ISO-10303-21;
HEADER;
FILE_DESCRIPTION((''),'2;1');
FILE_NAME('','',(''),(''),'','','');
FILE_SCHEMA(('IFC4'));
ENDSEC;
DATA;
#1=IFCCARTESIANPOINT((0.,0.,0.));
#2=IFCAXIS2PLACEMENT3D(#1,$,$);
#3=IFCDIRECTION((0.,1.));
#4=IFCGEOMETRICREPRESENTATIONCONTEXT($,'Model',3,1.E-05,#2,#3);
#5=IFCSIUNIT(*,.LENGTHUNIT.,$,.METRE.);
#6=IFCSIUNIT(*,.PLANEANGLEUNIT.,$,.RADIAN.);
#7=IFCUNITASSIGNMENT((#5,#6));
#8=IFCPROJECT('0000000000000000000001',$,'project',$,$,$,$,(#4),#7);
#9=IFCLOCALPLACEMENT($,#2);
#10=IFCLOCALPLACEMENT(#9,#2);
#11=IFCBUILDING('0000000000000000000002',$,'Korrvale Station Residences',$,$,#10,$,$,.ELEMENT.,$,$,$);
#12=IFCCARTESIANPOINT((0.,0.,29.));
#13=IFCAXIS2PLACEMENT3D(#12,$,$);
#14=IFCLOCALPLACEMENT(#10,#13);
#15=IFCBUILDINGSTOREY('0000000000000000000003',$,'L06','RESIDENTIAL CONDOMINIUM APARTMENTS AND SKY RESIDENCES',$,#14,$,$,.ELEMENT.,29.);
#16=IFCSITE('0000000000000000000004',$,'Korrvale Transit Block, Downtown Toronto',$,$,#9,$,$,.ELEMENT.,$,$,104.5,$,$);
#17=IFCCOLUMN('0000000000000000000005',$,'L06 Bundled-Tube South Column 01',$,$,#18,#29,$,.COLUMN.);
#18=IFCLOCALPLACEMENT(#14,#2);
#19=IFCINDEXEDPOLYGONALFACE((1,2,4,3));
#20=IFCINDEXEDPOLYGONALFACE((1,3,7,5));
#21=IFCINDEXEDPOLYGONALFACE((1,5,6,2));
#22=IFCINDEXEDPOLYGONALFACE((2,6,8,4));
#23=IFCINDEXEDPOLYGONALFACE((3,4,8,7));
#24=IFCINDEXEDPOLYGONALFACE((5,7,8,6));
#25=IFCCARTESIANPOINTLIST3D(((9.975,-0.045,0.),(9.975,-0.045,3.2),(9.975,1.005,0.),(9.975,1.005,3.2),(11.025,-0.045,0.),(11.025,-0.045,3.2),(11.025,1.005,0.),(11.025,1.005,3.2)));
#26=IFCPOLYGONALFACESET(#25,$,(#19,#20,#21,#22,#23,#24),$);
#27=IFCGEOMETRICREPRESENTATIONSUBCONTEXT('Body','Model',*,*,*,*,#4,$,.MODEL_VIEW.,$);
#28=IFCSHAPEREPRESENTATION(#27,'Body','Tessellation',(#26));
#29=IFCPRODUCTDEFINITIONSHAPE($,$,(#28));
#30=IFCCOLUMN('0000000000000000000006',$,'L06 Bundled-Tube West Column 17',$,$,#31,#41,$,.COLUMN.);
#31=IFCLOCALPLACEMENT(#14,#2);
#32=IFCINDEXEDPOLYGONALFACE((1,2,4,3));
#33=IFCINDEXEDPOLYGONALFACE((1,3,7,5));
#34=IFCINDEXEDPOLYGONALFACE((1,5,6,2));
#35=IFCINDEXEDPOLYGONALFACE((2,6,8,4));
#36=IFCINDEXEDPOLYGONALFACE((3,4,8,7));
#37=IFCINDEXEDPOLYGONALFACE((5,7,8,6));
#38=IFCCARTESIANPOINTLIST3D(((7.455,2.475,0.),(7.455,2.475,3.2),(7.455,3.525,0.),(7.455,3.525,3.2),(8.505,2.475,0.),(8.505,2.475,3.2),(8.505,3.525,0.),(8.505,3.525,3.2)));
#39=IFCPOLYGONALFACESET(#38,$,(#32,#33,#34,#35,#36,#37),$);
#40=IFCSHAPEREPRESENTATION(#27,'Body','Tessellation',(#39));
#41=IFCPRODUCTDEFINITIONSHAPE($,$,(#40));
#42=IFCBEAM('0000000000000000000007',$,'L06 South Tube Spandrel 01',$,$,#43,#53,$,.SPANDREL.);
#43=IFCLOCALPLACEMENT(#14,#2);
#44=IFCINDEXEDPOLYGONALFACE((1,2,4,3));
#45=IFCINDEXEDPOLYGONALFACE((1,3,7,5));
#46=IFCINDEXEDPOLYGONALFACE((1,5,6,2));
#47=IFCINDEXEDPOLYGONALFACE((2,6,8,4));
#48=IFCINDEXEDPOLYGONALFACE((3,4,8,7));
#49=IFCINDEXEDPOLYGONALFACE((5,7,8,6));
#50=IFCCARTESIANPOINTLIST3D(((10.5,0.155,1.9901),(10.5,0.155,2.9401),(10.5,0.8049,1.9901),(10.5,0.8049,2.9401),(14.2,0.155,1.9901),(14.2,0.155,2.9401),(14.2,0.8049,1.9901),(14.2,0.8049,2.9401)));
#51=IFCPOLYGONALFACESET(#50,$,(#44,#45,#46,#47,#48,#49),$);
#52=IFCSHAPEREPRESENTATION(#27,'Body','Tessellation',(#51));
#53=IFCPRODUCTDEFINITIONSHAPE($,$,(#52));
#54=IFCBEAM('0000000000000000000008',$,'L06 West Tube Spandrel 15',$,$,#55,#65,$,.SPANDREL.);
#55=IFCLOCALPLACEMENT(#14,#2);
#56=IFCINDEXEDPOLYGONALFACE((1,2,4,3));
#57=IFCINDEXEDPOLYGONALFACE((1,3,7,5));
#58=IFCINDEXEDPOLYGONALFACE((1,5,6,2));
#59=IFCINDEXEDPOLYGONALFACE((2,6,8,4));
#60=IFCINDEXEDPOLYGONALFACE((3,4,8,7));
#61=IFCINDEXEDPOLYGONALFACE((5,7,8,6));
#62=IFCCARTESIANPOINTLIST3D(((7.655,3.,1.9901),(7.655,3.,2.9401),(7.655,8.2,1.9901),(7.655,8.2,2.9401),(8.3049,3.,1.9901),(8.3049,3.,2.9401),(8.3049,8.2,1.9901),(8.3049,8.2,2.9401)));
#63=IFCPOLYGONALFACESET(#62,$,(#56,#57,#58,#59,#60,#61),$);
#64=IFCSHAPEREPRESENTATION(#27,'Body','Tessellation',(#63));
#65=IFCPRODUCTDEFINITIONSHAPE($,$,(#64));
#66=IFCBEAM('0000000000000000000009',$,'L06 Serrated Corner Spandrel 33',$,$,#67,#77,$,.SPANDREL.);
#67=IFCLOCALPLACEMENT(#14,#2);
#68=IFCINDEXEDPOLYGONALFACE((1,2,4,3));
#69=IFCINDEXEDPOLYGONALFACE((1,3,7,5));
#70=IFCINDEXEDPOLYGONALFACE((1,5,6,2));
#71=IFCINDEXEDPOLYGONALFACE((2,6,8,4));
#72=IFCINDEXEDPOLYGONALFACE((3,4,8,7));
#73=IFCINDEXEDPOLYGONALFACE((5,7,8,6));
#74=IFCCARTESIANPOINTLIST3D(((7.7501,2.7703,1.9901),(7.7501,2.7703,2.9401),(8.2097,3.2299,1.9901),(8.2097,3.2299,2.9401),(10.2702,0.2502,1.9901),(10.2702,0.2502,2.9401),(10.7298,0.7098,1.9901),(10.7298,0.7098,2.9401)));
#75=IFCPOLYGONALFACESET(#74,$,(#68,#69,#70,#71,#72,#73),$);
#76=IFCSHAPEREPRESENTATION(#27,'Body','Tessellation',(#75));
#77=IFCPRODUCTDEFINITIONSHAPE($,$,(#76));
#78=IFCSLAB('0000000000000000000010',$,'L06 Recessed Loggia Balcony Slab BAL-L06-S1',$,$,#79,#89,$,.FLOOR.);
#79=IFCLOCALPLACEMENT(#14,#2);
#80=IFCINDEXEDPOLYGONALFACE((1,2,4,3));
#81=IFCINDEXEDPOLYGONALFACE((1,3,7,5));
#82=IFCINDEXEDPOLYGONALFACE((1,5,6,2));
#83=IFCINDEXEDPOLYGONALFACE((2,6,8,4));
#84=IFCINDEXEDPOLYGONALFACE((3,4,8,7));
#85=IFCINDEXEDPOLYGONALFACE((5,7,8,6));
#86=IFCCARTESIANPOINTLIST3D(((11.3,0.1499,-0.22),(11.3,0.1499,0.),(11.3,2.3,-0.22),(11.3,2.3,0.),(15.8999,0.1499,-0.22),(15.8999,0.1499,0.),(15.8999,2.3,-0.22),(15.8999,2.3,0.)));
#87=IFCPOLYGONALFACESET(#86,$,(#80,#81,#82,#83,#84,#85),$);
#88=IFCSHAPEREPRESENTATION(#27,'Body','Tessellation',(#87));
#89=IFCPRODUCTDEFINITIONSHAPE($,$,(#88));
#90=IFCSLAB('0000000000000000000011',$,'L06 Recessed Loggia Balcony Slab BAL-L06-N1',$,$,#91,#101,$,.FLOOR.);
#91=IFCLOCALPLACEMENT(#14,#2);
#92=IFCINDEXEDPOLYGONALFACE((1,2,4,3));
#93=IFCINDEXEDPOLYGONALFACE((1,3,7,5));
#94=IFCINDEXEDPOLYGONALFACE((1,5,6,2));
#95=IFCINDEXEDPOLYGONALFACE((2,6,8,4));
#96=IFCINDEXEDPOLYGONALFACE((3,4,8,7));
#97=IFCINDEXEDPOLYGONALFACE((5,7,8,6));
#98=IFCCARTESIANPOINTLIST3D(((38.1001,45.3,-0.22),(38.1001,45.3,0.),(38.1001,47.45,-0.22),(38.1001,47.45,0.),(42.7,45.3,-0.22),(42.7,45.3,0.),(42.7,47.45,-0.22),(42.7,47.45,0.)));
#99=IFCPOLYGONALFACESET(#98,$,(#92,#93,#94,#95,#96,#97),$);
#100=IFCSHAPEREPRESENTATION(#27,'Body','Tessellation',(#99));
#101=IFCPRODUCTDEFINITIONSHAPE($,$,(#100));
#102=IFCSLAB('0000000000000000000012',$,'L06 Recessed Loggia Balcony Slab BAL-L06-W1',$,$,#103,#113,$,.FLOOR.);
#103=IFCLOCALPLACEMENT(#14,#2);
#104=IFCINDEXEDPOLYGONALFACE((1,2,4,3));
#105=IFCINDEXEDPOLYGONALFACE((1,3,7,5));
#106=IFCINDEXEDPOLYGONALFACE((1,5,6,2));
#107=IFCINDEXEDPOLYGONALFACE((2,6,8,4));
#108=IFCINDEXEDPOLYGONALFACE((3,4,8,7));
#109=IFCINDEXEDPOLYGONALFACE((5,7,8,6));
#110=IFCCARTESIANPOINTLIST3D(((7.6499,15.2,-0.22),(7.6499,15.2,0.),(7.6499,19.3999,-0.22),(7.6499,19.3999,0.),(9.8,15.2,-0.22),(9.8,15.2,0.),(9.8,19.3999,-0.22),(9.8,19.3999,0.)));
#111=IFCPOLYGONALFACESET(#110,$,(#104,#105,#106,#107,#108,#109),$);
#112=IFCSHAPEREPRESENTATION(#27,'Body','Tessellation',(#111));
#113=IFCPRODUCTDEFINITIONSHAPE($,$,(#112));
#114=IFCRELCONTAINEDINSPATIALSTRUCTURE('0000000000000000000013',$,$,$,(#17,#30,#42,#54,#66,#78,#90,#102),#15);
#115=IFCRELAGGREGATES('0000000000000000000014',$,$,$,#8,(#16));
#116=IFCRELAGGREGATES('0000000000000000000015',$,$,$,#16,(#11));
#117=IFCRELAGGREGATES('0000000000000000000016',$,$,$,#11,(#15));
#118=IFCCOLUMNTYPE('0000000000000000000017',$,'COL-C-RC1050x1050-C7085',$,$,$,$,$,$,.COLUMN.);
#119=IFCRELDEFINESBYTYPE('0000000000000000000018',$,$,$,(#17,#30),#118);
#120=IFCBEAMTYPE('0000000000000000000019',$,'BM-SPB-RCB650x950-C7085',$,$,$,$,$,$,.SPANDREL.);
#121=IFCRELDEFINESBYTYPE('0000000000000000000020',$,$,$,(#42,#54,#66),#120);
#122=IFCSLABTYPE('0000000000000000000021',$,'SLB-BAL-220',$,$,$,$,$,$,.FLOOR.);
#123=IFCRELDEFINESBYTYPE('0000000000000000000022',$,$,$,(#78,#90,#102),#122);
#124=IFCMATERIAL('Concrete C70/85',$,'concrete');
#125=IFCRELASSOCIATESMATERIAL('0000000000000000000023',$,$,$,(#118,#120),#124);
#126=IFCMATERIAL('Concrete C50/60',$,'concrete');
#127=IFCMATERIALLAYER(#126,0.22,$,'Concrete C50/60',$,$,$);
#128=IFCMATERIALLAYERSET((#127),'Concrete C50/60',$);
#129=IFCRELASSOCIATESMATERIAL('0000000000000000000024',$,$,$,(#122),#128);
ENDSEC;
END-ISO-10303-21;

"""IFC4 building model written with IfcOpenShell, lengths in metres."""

from ifc_helpers import new_model, si_unit, direction, frame, origin, origin_2d, place, context, subcontext, project, spatial, polyline, rectangle, outline, extrude, material, layer, layer_set, material_profile, profile_set, type_object, element, save


model = new_model("IFC4")

# Units and contexts
model_context = context("Model", 3, precision=1e-05, world=origin(), true_north=direction((0.0, 1.0)))
body_context = subcontext(model_context, "Body", "Model", "MODEL_VIEW")
ifc_project = project(units=[si_unit("LENGTHUNIT", "METRE"), si_unit("PLANEANGLEUNIT", "RADIAN")], contexts=[model_context])

# Site, building, storey
site_placement = place(None, origin())
site = spatial("IfcSite", under=ifc_project, at=site_placement, Name="Korrvale Transit Block, Downtown Toronto", CompositionType="ELEMENT", RefElevation=104.5)
building_placement = place(site_placement, origin())
building = spatial("IfcBuilding", under=site, at=building_placement, Name="Korrvale Station Residences", CompositionType="ELEMENT")
storey_placement = place(building_placement, frame((0.0, 0.0, 29.0)))
storey = spatial("IfcBuildingStorey", under=building, at=storey_placement, Name="L06", Description="RESIDENTIAL CONDOMINIUM APARTMENTS AND SKY RESIDENCES", CompositionType="ELEMENT", Elevation=29.0)

# Columns
ifc_material_1 = material(Name="Concrete C70/85", Category="concrete")
ifc_material_profile_1 = material_profile(ifc_material_1, rectangle(XDim=1.05, YDim=1.05, at=origin_2d()), Name="RC1050x1050")
ifc_profile_set_1 = profile_set([ifc_material_profile_1], Name="Concrete C70/85")
column_type = type_object("IfcColumnType", Name="COL-C-RC1050x1050-C7085", PredefinedType="COLUMN", material=ifc_profile_set_1)
for number, where, z_axis, x_axis, name in (
    (1, (10.5, 0.48, 0.0), (0.0, 0.0, 1.0), (1.0, 0.0, 0.0), "L06 Bundled-Tube South Column 01"),
    (2, (7.98, 3.0, 0.0), (0.0, 0.0, 1.0), (1.0, 0.0, 0.0), "L06 Bundled-Tube West Column 17"),
):
    element("IfcColumn", number, at=place(storey_placement, frame(where, z_axis=z_axis, x_axis=x_axis)), inside=storey, type_object=column_type, Name=name, PredefinedType="COLUMN", context=body_context, shape_type="SweptSolid", body=[
        extrude(rectangle(XDim=1.05, YDim=1.05, at=origin_2d()), origin(), (0.0, 0.0, 1.0), 3.2),
    ])

# Beams
ifc_material_profile_2 = material_profile(ifc_material_1, rectangle(XDim=0.6499, YDim=0.95, at=origin_2d()), Name="RCB650x950")
ifc_profile_set_2 = profile_set([ifc_material_profile_2], Name="Concrete C70/85")
beam_type = type_object("IfcBeamType", Name="BM-SPB-RCB650x950-C7085", PredefinedType="SPANDREL", material=ifc_profile_set_2)
beam_1_placement = place(storey_placement, frame((10.5, 0.48, 2.4651), z_axis=(1.0, 0.0, 0.0), x_axis=(0.0, 1.0, 0.0)))
element("IfcBeam", 3, at=beam_1_placement, inside=storey, type_object=beam_type, Name="L06 South Tube Spandrel 01", PredefinedType="SPANDREL", context=body_context, shape_type="SweptSolid", body=[
    extrude(rectangle(XDim=0.6499, YDim=0.95, at=origin_2d()), origin(), (0.0, 0.0, 1.0), 3.7),
])
beam_2_placement = place(storey_placement, frame((7.98, 3.0, 2.4651), z_axis=(0.0, 1.0, 0.0), x_axis=(-1.0, 0.0, 0.0)))
element("IfcBeam", 4, at=beam_2_placement, inside=storey, type_object=beam_type, Name="L06 West Tube Spandrel 15", PredefinedType="SPANDREL", context=body_context, shape_type="SweptSolid", body=[
    extrude(rectangle(XDim=0.6499, YDim=0.95, at=origin_2d()), origin(), (0.0, 0.0, 1.0), 5.2),
])
beam_3_placement = place(storey_placement, frame((10.5, 0.48, 2.4651), z_axis=(-0.707107, 0.707107, 0.0), x_axis=(-0.707107, -0.707107, 0.0)))
element("IfcBeam", 5, at=beam_3_placement, inside=storey, type_object=beam_type, Name="L06 Serrated Corner Spandrel 33", PredefinedType="SPANDREL", context=body_context, shape_type="SweptSolid", body=[
    extrude(rectangle(XDim=0.6499, YDim=0.95, at=origin_2d()), origin(), (0.0, 0.0, 1.0), 3.564),
])

# Slabs
ifc_material_2 = material(Name="Concrete C50/60", Category="concrete")
ifc_layer_1 = layer(ifc_material_2, 0.22, Name="Concrete C50/60")
ifc_layer_set_1 = layer_set([ifc_layer_1], Name="Concrete C50/60")
slab_type_1 = type_object("IfcSlabType", Name="SLB-BAL-220", PredefinedType="FLOOR", material=ifc_layer_set_1)
slab_1_placement = place(storey_placement, frame((0.0, 0.0, -0.22)))
element("IfcSlab", 6, at=slab_1_placement, inside=storey, type_object=slab_type_1, Name="L06 Recessed Loggia Balcony Slab BAL-L06-S1", PredefinedType="FLOOR", context=body_context, shape_type="SweptSolid", body=[
    extrude(outline(polyline([(11.3, 0.1499), (15.8999, 0.1499), (15.8999, 2.3), (11.3, 2.3), (11.3, 0.1499)])), origin(), (0.0, 0.0, 1.0), 0.22),
])
slab_2_placement = place(storey_placement, frame((0.0, 0.0, -0.22)))
element("IfcSlab", 7, at=slab_2_placement, inside=storey, type_object=slab_type_1, Name="L06 Recessed Loggia Balcony Slab BAL-L06-N1", PredefinedType="FLOOR", context=body_context, shape_type="SweptSolid", body=[
    extrude(outline(polyline([(38.1001, 45.3), (42.7, 45.3), (42.7, 47.45), (38.1001, 47.45), (38.1001, 45.3)])), origin(), (0.0, 0.0, 1.0), 0.22),
])
slab_3_placement = place(storey_placement, frame((0.0, 0.0, -0.22)))
element("IfcSlab", 8, at=slab_3_placement, inside=storey, type_object=slab_type_1, Name="L06 Recessed Loggia Balcony Slab BAL-L06-W1", PredefinedType="FLOOR", context=body_context, shape_type="SweptSolid", body=[
    extrude(outline(polyline([(7.6499, 15.2), (9.8, 15.2), (9.8, 19.3999), (7.6499, 19.3999), (7.6499, 15.2)])), origin(), (0.0, 0.0, 1.0), 0.22),
])

save(model, "model.ifc")
